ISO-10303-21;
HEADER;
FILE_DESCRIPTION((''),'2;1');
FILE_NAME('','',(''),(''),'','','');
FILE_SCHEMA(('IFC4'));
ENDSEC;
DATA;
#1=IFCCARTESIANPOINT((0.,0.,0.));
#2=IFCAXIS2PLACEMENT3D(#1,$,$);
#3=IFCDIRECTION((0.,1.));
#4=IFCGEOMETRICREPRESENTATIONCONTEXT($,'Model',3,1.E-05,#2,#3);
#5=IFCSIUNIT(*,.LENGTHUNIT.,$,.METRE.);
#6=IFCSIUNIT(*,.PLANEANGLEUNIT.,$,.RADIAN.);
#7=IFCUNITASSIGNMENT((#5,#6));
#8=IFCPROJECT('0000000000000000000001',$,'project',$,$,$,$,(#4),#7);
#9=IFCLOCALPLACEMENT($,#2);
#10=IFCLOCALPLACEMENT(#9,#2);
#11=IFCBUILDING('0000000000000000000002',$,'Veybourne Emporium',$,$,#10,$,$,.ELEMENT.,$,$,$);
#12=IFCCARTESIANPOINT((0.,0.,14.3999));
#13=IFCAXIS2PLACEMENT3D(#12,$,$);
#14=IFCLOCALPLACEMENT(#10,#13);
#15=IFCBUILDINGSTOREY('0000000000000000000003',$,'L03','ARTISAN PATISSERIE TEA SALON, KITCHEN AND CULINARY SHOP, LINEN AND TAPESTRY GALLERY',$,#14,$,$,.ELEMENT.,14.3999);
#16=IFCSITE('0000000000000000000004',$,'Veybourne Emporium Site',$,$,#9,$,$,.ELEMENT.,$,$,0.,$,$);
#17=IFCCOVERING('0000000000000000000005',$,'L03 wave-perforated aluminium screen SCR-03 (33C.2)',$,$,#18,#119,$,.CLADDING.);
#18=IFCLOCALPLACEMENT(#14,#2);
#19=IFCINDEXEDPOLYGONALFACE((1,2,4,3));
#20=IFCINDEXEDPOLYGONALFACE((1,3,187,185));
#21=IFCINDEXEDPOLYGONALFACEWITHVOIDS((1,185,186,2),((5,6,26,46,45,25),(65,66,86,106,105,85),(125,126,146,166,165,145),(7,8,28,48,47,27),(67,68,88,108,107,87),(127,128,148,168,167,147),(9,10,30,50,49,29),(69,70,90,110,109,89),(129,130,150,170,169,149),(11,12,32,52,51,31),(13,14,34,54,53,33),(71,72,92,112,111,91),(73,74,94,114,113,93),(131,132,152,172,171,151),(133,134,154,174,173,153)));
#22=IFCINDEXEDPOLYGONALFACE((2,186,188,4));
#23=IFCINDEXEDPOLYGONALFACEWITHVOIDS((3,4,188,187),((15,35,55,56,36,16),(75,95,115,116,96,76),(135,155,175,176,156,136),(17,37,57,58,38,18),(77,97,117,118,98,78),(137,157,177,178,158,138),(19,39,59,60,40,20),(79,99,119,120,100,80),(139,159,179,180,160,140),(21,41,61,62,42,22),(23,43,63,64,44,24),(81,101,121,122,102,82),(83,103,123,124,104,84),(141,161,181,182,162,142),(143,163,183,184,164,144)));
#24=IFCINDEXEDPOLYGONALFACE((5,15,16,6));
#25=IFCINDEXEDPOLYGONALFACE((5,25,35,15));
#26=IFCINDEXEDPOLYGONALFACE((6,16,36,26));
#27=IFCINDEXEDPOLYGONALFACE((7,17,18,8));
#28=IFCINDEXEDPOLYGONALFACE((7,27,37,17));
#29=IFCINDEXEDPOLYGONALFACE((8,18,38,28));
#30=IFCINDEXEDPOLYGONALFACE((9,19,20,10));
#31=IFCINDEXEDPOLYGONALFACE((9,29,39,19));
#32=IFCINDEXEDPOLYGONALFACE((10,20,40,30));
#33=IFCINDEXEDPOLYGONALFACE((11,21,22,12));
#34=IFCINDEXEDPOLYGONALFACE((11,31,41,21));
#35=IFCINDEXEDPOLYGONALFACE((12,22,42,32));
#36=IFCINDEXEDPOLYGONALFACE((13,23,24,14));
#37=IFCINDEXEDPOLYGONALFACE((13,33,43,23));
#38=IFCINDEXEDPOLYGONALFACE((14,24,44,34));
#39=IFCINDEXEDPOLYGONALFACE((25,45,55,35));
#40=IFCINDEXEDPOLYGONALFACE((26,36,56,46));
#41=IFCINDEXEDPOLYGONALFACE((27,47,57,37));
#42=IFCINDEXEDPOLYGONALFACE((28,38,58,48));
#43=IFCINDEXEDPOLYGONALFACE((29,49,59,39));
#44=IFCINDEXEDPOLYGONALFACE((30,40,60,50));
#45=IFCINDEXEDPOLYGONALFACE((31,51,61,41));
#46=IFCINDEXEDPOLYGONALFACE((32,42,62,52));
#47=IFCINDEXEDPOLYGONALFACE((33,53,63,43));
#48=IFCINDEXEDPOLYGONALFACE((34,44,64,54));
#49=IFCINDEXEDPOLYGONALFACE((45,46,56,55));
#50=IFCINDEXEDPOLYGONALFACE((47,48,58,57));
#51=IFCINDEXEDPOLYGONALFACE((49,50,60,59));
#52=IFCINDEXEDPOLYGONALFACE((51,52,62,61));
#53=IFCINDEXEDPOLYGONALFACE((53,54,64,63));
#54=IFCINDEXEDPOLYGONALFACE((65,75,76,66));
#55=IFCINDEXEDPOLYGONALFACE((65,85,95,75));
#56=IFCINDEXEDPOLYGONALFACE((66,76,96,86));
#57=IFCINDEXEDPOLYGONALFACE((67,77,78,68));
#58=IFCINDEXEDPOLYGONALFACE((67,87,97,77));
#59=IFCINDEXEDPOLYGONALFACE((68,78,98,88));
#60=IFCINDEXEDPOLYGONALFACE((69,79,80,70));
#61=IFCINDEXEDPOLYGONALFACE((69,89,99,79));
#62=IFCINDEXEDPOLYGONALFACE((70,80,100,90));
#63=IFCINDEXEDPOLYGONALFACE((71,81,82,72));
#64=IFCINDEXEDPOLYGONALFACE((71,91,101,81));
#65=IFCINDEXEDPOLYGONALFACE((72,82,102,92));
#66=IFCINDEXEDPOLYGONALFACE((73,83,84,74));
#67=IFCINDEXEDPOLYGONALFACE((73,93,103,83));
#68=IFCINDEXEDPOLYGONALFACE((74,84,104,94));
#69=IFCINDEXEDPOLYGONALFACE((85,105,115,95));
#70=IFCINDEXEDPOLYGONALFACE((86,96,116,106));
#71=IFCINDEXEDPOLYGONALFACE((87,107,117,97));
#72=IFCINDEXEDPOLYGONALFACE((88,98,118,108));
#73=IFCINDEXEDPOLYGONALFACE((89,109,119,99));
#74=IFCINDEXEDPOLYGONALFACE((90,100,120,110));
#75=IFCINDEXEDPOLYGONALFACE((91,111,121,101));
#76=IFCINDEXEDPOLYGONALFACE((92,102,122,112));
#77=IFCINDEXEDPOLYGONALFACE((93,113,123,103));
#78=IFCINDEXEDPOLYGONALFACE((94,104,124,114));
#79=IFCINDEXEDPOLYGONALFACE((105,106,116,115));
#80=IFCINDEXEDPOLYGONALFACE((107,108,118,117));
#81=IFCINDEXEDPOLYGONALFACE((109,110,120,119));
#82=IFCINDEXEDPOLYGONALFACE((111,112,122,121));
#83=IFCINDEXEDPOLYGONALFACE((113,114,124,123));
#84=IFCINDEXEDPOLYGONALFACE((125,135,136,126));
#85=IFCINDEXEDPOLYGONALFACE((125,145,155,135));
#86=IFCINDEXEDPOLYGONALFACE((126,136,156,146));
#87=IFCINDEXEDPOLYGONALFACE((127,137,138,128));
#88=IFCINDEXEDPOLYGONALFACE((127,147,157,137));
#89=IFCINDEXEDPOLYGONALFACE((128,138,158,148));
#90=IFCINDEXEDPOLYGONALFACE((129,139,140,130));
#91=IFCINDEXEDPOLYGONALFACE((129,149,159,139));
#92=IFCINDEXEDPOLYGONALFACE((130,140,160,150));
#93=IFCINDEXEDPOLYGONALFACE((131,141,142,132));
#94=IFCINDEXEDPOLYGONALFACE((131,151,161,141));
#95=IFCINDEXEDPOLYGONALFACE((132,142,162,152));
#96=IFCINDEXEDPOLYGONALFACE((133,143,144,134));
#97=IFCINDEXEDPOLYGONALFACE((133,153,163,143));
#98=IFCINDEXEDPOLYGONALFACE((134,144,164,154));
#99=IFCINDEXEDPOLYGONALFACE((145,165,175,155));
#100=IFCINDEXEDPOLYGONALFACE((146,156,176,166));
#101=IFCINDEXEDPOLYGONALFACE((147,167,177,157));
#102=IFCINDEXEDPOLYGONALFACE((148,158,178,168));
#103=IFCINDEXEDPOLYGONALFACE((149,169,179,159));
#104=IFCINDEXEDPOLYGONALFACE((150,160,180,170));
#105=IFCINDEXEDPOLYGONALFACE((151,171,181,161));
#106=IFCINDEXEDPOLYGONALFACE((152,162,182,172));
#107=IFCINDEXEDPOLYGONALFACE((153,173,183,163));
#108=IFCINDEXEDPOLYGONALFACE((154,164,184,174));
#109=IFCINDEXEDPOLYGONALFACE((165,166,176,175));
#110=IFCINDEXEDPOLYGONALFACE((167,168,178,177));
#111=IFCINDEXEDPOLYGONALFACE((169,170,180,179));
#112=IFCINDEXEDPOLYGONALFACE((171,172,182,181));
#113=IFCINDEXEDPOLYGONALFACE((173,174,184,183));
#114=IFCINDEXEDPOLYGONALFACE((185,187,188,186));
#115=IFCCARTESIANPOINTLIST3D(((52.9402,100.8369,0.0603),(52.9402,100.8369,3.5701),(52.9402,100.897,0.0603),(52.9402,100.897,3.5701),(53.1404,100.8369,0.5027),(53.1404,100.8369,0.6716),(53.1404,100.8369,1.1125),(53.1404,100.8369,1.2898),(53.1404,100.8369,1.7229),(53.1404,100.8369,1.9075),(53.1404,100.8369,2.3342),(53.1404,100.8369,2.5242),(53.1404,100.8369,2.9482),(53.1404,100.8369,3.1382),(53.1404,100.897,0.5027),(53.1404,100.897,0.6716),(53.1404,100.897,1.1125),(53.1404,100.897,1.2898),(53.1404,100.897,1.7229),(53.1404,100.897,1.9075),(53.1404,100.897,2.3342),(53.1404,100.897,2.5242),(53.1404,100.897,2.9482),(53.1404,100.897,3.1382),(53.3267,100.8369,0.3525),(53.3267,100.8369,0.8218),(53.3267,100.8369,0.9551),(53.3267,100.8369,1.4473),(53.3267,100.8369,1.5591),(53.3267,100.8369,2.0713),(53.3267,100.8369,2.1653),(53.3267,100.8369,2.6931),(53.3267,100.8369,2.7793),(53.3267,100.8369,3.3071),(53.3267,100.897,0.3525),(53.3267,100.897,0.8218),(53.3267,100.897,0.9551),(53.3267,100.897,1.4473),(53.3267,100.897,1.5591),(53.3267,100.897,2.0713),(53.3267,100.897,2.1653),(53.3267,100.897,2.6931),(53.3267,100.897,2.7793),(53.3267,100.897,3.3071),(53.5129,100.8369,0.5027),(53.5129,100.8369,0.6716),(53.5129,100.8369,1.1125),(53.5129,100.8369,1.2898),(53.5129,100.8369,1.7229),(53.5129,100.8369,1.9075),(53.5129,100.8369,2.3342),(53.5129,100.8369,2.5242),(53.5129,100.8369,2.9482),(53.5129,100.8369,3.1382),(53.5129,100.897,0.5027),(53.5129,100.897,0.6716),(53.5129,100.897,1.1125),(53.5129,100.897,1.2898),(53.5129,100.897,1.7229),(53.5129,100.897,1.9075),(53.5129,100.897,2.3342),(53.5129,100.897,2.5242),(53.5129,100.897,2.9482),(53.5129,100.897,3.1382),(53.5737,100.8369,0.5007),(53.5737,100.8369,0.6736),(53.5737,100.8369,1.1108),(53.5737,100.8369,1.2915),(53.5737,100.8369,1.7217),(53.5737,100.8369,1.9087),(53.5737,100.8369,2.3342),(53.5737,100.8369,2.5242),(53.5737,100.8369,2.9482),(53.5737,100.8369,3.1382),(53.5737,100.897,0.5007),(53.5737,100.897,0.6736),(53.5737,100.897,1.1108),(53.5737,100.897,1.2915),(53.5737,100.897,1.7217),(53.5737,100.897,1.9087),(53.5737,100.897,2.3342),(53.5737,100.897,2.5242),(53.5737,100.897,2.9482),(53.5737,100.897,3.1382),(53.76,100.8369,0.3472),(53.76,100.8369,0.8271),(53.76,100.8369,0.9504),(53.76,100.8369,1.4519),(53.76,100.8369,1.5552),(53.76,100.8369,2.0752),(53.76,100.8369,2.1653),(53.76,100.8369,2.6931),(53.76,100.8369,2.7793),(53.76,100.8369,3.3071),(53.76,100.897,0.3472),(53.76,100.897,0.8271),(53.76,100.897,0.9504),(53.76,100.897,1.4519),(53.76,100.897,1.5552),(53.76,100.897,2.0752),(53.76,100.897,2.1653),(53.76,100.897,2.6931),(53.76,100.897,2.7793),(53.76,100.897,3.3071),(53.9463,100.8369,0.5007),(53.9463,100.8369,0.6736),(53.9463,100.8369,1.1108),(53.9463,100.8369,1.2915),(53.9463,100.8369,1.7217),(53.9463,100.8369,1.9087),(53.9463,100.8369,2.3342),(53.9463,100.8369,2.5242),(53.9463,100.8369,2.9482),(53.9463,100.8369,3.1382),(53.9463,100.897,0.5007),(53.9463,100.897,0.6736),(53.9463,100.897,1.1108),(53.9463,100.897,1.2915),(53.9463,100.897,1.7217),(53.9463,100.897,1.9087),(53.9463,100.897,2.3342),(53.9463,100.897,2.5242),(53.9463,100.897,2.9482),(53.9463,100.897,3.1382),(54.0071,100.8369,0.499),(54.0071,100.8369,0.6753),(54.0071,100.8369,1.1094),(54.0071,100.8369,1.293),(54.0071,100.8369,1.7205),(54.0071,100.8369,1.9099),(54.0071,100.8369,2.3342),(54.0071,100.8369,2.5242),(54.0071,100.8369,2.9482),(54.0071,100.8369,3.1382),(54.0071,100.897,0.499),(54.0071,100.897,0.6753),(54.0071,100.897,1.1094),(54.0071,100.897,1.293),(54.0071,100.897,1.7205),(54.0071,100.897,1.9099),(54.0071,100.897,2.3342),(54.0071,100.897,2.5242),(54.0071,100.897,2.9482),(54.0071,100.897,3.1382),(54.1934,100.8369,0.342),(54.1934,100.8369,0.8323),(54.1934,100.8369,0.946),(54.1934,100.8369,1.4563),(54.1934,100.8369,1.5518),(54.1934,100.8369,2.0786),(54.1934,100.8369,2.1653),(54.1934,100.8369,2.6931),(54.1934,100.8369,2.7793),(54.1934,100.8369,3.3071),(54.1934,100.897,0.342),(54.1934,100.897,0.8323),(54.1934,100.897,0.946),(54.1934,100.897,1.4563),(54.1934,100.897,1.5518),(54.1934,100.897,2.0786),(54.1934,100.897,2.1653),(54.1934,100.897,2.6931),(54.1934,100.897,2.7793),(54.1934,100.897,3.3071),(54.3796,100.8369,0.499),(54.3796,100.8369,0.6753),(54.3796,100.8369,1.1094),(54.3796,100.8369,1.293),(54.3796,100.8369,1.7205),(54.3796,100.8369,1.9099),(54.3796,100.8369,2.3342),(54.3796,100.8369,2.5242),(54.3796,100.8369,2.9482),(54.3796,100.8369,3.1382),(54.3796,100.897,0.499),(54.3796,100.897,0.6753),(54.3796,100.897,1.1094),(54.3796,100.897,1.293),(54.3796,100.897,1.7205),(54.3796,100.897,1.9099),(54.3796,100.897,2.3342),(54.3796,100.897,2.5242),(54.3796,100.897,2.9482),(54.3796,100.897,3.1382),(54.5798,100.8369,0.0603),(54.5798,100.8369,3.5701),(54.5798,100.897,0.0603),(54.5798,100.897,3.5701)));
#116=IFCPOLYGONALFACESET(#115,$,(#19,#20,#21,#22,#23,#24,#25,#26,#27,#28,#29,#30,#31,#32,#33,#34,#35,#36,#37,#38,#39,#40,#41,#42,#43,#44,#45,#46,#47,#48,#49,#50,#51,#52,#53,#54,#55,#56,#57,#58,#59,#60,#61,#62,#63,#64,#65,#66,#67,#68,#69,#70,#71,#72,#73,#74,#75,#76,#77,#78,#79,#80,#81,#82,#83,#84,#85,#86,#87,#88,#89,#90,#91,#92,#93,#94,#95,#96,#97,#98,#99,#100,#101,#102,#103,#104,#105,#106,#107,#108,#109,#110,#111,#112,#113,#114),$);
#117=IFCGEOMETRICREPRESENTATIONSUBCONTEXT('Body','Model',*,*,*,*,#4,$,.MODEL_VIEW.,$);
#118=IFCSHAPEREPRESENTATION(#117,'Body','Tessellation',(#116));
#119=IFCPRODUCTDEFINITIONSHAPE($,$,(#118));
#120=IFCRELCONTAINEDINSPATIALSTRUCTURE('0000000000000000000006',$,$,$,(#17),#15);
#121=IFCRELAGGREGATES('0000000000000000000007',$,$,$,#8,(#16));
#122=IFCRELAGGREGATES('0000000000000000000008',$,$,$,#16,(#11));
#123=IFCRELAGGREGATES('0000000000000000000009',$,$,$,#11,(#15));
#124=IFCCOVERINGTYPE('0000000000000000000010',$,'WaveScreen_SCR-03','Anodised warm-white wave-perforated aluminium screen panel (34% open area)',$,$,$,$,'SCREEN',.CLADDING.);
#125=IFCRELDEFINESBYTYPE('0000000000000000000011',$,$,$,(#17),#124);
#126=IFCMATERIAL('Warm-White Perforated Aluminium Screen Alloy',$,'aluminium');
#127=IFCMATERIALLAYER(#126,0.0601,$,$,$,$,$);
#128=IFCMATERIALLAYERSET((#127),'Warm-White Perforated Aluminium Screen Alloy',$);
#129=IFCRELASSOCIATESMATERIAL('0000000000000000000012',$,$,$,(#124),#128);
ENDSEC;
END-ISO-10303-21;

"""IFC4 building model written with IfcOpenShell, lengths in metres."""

from ifc_helpers import new_model, si_unit, direction, frame, origin, place, context, subcontext, project, spatial, polyline, outline, extrude, material, layer, layer_set, type_object, element, save


model = new_model("IFC4")

# Units and contexts
model_context = context("Model", 3, precision=1e-05, world=origin(), true_north=direction((0.0, 1.0)))
body_context = subcontext(model_context, "Body", "Model", "MODEL_VIEW")
ifc_project = project(units=[si_unit("LENGTHUNIT", "METRE"), si_unit("PLANEANGLEUNIT", "RADIAN")], contexts=[model_context])

# Site, building, storey
site_placement = place(None, origin())
site = spatial("IfcSite", under=ifc_project, at=site_placement, Name="Veybourne Emporium Site", CompositionType="ELEMENT", RefElevation=0.0)
building_placement = place(site_placement, origin())
building = spatial("IfcBuilding", under=site, at=building_placement, Name="Veybourne Emporium", CompositionType="ELEMENT")
storey_placement = place(building_placement, frame((0.0, 0.0, 14.3999)))
storey = spatial("IfcBuildingStorey", under=building, at=storey_placement, Name="L03", Description="ARTISAN PATISSERIE TEA SALON, KITCHEN AND CULINARY SHOP, LINEN AND TAPESTRY GALLERY", CompositionType="ELEMENT", Elevation=14.3999)

# Covering
ifc_material_1 = material(Name="Warm-White Perforated Aluminium Screen Alloy", Category="aluminium")
ifc_layer_1 = layer(ifc_material_1, 0.0601)
ifc_layer_set_1 = layer_set([ifc_layer_1], Name="Warm-White Perforated Aluminium Screen Alloy")
covering_type_1 = type_object("IfcCoveringType", Name="WaveScreen_SCR-03", Description="Anodised warm-white wave-perforated aluminium screen panel (34% open area)", ElementType="SCREEN", PredefinedType="CLADDING", material=ifc_layer_set_1)
covering_1_placement = place(storey_placement, frame((53.76, 100.897, 1.8152), z_axis=(0.0, -1.0, 0.0), x_axis=(1.0, 0.0, 0.0)))
element("IfcCovering", 1, at=covering_1_placement, inside=storey, type_object=covering_type_1, Name="L03 wave-perforated aluminium screen SCR-03 (33C.2)", PredefinedType="CLADDING", context=body_context, shape_type="SweptSolid", body=[
    extrude(outline(polyline([(-0.8198, -1.7549), (0.8198, -1.7549), (0.8198, 1.7549), (-0.8198, 1.7549), (-0.8198, -1.7549)]), holes=[polyline([(-0.4333, -0.9934), (-0.2471, -1.1436), (-0.2471, -1.3125), (-0.4333, -1.4626), (-0.6196, -1.3125), (-0.6196, -1.1436), (-0.4333, -0.9934)]), polyline([(-0.4333, -0.3679), (-0.2471, -0.5254), (-0.2471, -0.7026), (-0.4333, -0.8601), (-0.6196, -0.7026), (-0.6196, -0.5254), (-0.4333, -0.3679)]), polyline([(-0.4333, 0.2561), (-0.2471, 0.0923), (-0.2471, -0.0923), (-0.4333, -0.2561), (-0.6196, -0.0923), (-0.6196, 0.0923), (-0.4333, 0.2561)]), polyline([(-0.4333, 0.8779), (-0.2471, 0.709), (-0.2471, 0.519), (-0.4333, 0.3501), (-0.6196, 0.519), (-0.6196, 0.709), (-0.4333, 0.8779)]), polyline([(-0.4333, 1.4919), (-0.2471, 1.323), (-0.2471, 1.1331), (-0.4333, 0.9641), (-0.6196, 1.1331), (-0.6196, 1.323), (-0.4333, 1.4919)]), polyline([(0.0, -0.988), (0.1863, -1.1416), (0.1863, -1.3145), (0.0, -1.468), (-0.1863, -1.3145), (-0.1863, -1.1416), (0.0, -0.988)]), polyline([(0.0, -0.3633), (0.1863, -0.5237), (0.1863, -0.7043), (0.0, -0.8647), (-0.1863, -0.7043), (-0.1863, -0.5237), (0.0, -0.3633)]), polyline([(0.0, 0.26), (0.1863, 0.0935), (0.1863, -0.0935), (0.0, -0.26), (-0.1863, -0.0935), (-0.1863, 0.0935), (0.0, 0.26)]), polyline([(0.0, 0.8779), (0.1863, 0.709), (0.1863, 0.519), (0.0, 0.3501), (-0.1863, 0.519), (-0.1863, 0.709), (0.0, 0.8779)]), polyline([(0.0, 1.4919), (0.1863, 1.323), (0.1863, 1.1331), (0.0, 0.9641), (-0.1863, 1.1331), (-0.1863, 1.323), (0.0, 1.4919)]), polyline([(0.4333, -0.9829), (0.6196, -1.1399), (0.6196, -1.3162), (0.4333, -1.4731), (0.2471, -1.3162), (0.2471, -1.1399), (0.4333, -0.9829)]), polyline([(0.4333, -0.3589), (0.6196, -0.5222), (0.6196, -0.7058), (0.4333, -0.8691), (0.2471, -0.7058), (0.2471, -0.5222), (0.4333, -0.3589)]), polyline([(0.4333, 0.2634), (0.6196, 0.0947), (0.6196, -0.0947), (0.4333, -0.2634), (0.2471, -0.0947), (0.2471, 0.0947), (0.4333, 0.2634)]), polyline([(0.4333, 0.8779), (0.6196, 0.709), (0.6196, 0.519), (0.4333, 0.3501), (0.2471, 0.519), (0.2471, 0.709), (0.4333, 0.8779)]), polyline([(0.4333, 1.4919), (0.6196, 1.323), (0.6196, 1.1331), (0.4333, 0.9641), (0.2471, 1.1331), (0.2471, 1.323), (0.4333, 1.4919)])]), origin(), (0.0, 0.0, 1.0), 0.0601),
])

save(model, "model.ifc")
